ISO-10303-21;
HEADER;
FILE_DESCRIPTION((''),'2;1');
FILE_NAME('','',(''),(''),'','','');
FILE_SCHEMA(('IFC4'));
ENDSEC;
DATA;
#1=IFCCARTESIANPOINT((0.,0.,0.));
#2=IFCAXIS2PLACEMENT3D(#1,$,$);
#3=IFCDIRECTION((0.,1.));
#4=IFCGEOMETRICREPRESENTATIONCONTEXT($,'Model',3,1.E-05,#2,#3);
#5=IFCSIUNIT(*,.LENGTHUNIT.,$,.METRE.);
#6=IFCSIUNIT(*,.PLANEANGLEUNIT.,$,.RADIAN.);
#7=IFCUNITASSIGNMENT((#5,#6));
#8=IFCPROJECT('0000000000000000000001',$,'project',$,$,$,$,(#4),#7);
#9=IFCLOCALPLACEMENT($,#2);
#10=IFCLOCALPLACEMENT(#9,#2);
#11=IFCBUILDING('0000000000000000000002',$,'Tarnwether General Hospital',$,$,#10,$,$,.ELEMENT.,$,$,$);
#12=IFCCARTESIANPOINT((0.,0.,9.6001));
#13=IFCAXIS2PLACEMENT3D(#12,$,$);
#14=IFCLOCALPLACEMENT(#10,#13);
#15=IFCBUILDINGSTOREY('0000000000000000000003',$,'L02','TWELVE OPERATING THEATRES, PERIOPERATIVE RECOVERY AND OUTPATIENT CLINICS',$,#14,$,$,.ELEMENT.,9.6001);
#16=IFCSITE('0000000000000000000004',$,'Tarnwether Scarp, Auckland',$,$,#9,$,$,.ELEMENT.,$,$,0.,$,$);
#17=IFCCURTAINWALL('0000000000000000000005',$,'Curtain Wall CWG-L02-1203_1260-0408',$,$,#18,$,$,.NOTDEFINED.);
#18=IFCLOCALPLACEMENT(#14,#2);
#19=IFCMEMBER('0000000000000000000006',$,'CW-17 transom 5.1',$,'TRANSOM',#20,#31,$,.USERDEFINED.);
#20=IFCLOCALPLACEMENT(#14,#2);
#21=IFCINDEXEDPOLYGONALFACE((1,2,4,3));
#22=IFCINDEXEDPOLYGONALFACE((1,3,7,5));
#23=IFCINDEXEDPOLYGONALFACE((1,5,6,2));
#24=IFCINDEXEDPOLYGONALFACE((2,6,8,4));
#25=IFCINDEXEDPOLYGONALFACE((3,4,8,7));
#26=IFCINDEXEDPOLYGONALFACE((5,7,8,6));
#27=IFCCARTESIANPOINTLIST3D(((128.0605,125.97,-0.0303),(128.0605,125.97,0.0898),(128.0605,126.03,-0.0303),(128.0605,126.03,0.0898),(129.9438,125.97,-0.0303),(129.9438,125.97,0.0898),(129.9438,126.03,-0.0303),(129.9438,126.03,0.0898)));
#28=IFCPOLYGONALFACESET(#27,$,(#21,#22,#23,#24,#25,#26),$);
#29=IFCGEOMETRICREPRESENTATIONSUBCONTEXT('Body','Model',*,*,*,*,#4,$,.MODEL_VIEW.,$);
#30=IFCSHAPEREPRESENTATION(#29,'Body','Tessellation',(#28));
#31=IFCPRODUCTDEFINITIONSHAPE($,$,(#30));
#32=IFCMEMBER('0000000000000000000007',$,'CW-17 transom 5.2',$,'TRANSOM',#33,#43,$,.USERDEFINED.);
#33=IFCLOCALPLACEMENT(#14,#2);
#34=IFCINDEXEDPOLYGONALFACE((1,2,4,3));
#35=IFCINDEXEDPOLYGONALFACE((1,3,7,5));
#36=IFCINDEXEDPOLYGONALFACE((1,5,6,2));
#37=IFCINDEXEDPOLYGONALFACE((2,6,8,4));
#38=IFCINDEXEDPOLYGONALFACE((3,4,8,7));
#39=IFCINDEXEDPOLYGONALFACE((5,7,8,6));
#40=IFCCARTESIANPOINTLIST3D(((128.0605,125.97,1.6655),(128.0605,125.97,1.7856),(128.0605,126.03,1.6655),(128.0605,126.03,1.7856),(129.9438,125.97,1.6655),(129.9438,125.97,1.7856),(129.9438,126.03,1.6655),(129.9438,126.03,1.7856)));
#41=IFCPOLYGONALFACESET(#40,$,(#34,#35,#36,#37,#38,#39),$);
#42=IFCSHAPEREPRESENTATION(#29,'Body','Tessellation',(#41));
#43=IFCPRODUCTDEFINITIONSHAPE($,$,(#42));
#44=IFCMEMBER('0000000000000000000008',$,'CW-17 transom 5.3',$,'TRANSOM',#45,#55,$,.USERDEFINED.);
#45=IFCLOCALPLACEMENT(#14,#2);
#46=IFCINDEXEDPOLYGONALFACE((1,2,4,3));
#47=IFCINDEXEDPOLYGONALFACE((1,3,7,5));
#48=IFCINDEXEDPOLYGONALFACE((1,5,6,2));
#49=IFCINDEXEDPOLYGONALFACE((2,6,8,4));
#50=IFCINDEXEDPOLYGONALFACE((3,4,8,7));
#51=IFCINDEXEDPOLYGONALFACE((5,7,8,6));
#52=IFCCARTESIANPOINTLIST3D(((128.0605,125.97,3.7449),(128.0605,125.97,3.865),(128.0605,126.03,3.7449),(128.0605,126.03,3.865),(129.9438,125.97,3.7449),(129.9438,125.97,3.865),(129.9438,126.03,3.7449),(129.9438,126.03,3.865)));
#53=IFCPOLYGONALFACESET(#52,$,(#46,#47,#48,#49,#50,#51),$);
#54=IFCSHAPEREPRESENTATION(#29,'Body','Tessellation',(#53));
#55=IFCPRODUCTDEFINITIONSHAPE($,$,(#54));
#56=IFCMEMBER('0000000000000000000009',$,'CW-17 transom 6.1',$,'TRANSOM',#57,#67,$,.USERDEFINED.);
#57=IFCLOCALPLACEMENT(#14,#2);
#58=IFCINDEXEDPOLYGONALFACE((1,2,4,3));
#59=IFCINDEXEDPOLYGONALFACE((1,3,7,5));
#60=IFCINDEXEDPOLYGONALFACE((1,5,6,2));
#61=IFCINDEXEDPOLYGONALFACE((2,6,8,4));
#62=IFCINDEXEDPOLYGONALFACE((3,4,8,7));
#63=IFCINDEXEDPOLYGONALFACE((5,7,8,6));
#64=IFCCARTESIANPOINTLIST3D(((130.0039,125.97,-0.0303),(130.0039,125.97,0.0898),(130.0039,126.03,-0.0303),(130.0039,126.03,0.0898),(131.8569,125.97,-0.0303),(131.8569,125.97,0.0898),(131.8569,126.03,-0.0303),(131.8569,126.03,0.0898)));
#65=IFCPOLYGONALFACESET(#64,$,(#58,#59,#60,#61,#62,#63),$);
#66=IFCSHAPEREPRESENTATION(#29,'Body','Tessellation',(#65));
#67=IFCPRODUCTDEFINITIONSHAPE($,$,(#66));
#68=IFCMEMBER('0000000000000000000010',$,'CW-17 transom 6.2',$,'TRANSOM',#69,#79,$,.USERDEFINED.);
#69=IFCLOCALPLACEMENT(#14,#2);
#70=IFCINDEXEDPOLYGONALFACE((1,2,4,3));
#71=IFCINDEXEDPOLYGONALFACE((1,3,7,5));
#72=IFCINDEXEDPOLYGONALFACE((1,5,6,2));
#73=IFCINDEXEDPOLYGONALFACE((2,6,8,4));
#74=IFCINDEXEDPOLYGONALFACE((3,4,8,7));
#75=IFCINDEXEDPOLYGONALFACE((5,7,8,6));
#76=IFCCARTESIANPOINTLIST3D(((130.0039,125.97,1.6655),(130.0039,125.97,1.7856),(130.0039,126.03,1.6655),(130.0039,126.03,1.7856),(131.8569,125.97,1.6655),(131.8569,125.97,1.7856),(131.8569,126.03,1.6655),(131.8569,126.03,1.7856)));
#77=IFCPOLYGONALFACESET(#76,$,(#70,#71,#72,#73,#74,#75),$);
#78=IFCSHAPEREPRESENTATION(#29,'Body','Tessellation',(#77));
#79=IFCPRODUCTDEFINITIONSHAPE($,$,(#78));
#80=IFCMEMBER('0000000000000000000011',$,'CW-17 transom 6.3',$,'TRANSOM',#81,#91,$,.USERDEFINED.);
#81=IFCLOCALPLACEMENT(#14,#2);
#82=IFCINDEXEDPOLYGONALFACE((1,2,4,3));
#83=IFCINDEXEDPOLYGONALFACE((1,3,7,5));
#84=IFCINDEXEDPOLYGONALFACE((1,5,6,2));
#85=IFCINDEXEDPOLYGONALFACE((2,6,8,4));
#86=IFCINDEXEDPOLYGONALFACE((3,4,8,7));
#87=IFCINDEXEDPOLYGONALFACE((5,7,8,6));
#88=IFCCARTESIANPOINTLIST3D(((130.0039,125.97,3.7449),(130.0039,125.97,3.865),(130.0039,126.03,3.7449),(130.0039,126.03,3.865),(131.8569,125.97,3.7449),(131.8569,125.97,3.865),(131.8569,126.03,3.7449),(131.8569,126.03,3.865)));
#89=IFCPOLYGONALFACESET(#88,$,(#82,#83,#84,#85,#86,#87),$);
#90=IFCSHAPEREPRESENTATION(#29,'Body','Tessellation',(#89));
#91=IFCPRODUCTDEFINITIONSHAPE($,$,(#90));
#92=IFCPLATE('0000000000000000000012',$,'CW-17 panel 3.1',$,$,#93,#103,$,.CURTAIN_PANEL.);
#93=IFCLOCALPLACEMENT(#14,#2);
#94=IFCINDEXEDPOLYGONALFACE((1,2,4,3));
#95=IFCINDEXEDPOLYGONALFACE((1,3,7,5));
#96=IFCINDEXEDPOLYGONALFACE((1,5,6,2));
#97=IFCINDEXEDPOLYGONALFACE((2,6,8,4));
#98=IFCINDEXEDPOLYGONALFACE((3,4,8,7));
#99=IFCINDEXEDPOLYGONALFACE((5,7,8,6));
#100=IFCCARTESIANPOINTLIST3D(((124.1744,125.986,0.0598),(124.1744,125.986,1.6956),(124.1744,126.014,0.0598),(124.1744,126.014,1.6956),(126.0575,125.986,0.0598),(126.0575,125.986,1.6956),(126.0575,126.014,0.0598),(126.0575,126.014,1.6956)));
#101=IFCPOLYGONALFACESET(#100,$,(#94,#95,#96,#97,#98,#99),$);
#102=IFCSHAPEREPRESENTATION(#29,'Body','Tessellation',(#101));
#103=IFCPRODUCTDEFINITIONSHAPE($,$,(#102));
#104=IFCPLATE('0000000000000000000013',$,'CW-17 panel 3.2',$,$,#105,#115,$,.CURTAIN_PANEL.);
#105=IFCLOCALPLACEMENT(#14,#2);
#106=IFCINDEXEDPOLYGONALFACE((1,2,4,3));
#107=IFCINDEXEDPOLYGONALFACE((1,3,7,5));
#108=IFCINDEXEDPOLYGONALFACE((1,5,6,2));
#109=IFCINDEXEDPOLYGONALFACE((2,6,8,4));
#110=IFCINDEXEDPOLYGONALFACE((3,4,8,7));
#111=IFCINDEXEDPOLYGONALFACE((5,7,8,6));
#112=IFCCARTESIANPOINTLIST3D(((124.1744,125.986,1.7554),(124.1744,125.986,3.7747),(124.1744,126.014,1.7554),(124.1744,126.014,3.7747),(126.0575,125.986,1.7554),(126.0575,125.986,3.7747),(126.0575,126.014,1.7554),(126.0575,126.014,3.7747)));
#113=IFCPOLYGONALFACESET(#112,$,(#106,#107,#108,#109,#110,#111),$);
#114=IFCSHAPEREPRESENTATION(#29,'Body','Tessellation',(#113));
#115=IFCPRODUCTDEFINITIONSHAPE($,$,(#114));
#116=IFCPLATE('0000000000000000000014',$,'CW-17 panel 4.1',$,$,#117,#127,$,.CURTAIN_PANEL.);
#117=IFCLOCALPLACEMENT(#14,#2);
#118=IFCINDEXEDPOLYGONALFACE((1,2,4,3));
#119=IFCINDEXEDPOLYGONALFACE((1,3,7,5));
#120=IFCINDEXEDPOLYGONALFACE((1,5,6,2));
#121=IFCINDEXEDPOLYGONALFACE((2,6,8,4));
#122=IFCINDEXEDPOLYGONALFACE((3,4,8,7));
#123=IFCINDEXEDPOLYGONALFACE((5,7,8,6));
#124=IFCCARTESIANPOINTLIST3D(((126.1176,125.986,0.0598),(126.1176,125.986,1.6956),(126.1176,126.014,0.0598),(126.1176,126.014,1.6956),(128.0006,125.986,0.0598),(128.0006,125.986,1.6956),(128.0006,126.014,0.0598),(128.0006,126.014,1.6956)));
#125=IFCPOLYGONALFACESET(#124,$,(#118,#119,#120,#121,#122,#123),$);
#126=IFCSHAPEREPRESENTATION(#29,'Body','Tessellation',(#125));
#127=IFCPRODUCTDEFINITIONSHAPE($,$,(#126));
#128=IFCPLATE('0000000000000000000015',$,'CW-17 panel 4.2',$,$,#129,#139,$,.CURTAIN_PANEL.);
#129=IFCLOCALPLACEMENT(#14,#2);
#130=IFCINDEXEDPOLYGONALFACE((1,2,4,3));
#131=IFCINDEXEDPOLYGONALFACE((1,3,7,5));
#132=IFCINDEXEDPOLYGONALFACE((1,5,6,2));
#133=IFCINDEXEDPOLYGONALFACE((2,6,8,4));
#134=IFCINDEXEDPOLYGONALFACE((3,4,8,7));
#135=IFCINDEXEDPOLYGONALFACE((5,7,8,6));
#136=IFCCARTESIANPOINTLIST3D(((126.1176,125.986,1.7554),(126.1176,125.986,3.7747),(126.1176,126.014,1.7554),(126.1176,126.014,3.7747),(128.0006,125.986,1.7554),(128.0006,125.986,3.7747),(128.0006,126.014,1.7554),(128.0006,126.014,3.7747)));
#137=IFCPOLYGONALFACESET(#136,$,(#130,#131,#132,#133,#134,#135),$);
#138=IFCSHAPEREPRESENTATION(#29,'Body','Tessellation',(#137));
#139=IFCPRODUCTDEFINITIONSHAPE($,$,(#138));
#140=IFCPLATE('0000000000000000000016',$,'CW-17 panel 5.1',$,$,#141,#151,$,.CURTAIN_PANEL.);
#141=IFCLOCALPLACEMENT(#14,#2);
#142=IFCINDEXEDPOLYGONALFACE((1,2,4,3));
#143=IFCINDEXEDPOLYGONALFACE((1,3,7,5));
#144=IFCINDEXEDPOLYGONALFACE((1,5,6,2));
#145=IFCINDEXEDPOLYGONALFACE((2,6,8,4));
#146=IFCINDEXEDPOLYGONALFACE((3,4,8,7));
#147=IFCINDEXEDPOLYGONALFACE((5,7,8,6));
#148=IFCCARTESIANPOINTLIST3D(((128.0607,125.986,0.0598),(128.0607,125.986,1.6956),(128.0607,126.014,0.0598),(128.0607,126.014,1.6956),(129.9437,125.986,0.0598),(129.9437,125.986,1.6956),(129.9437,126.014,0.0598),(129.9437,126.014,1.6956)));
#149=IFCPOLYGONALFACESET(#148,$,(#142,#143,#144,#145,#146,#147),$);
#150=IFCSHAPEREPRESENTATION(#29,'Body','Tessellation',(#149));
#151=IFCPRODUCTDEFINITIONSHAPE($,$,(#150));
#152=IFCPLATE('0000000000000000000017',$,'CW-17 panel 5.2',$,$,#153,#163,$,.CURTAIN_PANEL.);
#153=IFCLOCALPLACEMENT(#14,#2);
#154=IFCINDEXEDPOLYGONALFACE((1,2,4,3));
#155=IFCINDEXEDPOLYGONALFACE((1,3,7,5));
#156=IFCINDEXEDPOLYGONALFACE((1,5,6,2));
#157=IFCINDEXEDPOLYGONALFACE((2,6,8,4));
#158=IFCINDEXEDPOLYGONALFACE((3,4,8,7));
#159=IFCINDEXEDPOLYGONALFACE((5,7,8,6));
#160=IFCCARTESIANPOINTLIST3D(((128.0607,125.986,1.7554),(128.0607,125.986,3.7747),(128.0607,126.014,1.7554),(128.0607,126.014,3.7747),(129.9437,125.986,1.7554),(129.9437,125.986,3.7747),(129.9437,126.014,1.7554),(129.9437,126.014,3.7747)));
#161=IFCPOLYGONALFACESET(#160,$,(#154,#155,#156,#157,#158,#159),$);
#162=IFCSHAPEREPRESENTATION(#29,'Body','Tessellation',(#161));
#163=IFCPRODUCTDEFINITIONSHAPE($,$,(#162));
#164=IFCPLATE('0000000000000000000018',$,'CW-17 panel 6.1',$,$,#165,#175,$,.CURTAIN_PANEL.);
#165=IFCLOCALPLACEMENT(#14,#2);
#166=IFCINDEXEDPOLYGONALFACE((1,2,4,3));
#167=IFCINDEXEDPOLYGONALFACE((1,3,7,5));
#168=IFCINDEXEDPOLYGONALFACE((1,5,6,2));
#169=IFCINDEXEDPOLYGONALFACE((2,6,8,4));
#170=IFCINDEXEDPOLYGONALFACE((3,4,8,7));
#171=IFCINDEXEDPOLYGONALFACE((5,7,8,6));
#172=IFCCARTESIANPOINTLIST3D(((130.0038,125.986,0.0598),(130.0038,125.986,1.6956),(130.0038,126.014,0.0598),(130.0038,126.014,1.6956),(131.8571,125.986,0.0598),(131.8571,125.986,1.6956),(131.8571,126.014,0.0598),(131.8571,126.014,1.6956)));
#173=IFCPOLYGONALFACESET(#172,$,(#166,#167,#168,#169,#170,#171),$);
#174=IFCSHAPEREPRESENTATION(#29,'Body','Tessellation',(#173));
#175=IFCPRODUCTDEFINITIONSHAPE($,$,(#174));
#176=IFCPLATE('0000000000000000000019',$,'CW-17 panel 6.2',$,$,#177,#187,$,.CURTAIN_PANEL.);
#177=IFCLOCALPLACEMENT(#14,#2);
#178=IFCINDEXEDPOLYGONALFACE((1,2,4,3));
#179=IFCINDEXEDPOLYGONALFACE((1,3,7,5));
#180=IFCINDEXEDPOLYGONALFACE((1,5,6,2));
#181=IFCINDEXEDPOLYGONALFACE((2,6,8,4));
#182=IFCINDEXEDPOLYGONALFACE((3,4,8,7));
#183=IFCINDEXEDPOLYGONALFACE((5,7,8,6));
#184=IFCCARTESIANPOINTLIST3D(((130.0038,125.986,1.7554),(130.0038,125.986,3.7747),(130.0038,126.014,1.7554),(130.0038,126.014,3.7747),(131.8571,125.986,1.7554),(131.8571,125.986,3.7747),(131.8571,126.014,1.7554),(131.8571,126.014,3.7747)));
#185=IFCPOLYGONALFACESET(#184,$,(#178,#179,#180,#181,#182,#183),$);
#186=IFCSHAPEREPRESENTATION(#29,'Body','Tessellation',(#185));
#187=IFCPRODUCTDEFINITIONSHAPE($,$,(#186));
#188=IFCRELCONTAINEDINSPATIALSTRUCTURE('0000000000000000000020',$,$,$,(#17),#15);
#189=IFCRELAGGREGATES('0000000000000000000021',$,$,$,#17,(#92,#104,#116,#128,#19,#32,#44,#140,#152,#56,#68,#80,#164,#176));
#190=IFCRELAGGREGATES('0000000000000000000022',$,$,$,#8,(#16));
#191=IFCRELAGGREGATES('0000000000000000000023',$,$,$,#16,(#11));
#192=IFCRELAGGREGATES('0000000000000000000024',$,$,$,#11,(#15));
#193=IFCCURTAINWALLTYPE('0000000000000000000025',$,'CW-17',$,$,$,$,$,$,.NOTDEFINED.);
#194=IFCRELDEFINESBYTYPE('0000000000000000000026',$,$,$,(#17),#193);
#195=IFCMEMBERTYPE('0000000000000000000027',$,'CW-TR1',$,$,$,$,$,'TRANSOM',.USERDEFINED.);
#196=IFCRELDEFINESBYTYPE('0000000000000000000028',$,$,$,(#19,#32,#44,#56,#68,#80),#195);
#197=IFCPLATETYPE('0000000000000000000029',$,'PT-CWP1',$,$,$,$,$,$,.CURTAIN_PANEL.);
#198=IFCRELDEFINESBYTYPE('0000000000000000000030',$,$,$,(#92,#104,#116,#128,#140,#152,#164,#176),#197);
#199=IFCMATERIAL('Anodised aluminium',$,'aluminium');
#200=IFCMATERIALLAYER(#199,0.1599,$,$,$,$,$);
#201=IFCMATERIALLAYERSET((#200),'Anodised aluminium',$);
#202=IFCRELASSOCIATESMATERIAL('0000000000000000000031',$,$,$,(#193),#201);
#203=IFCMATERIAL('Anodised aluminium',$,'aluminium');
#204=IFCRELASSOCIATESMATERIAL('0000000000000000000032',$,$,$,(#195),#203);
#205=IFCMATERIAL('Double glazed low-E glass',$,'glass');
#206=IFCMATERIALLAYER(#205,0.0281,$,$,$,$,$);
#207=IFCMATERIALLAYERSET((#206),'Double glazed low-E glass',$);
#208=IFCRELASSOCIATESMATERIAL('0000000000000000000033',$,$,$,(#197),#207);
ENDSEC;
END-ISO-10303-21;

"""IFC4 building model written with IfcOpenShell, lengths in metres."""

from ifc_helpers import new_model, si_unit, direction, frame, origin, origin_2d, place, context, subcontext, project, spatial, rectangle, extrude, material, layer, layer_set, material_profile, profile_set, type_object, element, aggregate, save


model = new_model("IFC4")

# Units and contexts
model_context = context("Model", 3, precision=1e-05, world=origin(), true_north=direction((0.0, 1.0)))
body_context = subcontext(model_context, "Body", "Model", "MODEL_VIEW")
ifc_project = project(units=[si_unit("LENGTHUNIT", "METRE"), si_unit("PLANEANGLEUNIT", "RADIAN")], contexts=[model_context])

# Site, building, storey
site_placement = place(None, origin())
site = spatial("IfcSite", under=ifc_project, at=site_placement, Name="Tarnwether Scarp, Auckland", CompositionType="ELEMENT", RefElevation=0.0)
building_placement = place(site_placement, origin())
building = spatial("IfcBuilding", under=site, at=building_placement, Name="Tarnwether General Hospital", CompositionType="ELEMENT")
storey_placement = place(building_placement, frame((0.0, 0.0, 9.6001)))
storey = spatial("IfcBuildingStorey", under=building, at=storey_placement, Name="L02", Description="TWELVE OPERATING THEATRES, PERIOPERATIVE RECOVERY AND OUTPATIENT CLINICS", CompositionType="ELEMENT", Elevation=9.6001)

# Curtain wall, members, plates
ifc_material_1 = material(Name="Anodised aluminium", Category="aluminium")
ifc_layer_1 = layer(ifc_material_1, 0.1599)
ifc_layer_set_1 = layer_set([ifc_layer_1], Name="Anodised aluminium")
curtain_wall_type = type_object("IfcCurtainWallType", Name="CW-17", PredefinedType="NOTDEFINED", material=ifc_layer_set_1)
curtain_wall_placement = place(storey_placement, origin())
curtain_wall = element("IfcCurtainWall", 1, at=curtain_wall_placement, inside=storey, type_object=curtain_wall_type, Name="Curtain Wall CWG-L02-1203_1260-0408", PredefinedType="NOTDEFINED")
ifc_material_2 = material(Name="Anodised aluminium", Category="aluminium")
ifc_material_profile_1 = material_profile(ifc_material_2, rectangle(XDim=0.0601, YDim=0.1201, at=origin_2d()), Name="ALU-TRN-60x120")
ifc_profile_set_1 = profile_set([ifc_material_profile_1], Name="Anodised aluminium")
member_type_1 = type_object("IfcMemberType", Name="CW-TR1", ElementType="TRANSOM", PredefinedType="USERDEFINED", material=ifc_profile_set_1)
member_1_placement = place(storey_placement, frame((128.0605, 126.0, 0.0298), z_axis=(1.0, 0.0, 0.0), x_axis=(0.0, 1.0, 0.0)))
member_1 = element("IfcMember", 2, at=member_1_placement, type_object=member_type_1, Name="CW-17 transom 5.1", ObjectType="TRANSOM", PredefinedType="USERDEFINED", context=body_context, shape_type="SweptSolid", body=[
    extrude(rectangle(XDim=0.0601, YDim=0.1201, at=origin_2d()), origin(), (0.0, 0.0, 1.0), 1.8833),
])
member_2_placement = place(storey_placement, frame((128.0605, 126.0, 1.7256), z_axis=(1.0, 0.0, 0.0), x_axis=(0.0, 1.0, 0.0)))
member_2 = element("IfcMember", 3, at=member_2_placement, type_object=member_type_1, Name="CW-17 transom 5.2", ObjectType="TRANSOM", PredefinedType="USERDEFINED", context=body_context, shape_type="SweptSolid", body=[
    extrude(rectangle(XDim=0.0601, YDim=0.1201, at=origin_2d()), origin(), (0.0, 0.0, 1.0), 1.8833),
])
member_3_placement = place(storey_placement, frame((128.0605, 126.0, 3.8049), z_axis=(1.0, 0.0, 0.0), x_axis=(0.0, 1.0, 0.0)))
member_3 = element("IfcMember", 4, at=member_3_placement, type_object=member_type_1, Name="CW-17 transom 5.3", ObjectType="TRANSOM", PredefinedType="USERDEFINED", context=body_context, shape_type="SweptSolid", body=[
    extrude(rectangle(XDim=0.0601, YDim=0.1201, at=origin_2d()), origin(), (0.0, 0.0, 1.0), 1.8833),
])
member_4_placement = place(storey_placement, frame((130.0039, 126.0, 0.0298), z_axis=(1.0, 0.0, 0.0), x_axis=(0.0, 1.0, 0.0)))
member_4 = element("IfcMember", 5, at=member_4_placement, type_object=member_type_1, Name="CW-17 transom 6.1", ObjectType="TRANSOM", PredefinedType="USERDEFINED", context=body_context, shape_type="SweptSolid", body=[
    extrude(rectangle(XDim=0.0601, YDim=0.1201, at=origin_2d()), origin(), (0.0, 0.0, 1.0), 1.853),
])
member_5_placement = place(storey_placement, frame((130.0039, 126.0, 1.7256), z_axis=(1.0, 0.0, 0.0), x_axis=(0.0, 1.0, 0.0)))
member_5 = element("IfcMember", 6, at=member_5_placement, type_object=member_type_1, Name="CW-17 transom 6.2", ObjectType="TRANSOM", PredefinedType="USERDEFINED", context=body_context, shape_type="SweptSolid", body=[
    extrude(rectangle(XDim=0.0601, YDim=0.1201, at=origin_2d()), origin(), (0.0, 0.0, 1.0), 1.853),
])
member_6_placement = place(storey_placement, frame((130.0039, 126.0, 3.8049), z_axis=(1.0, 0.0, 0.0), x_axis=(0.0, 1.0, 0.0)))
member_6 = element("IfcMember", 7, at=member_6_placement, type_object=member_type_1, Name="CW-17 transom 6.3", ObjectType="TRANSOM", PredefinedType="USERDEFINED", context=body_context, shape_type="SweptSolid", body=[
    extrude(rectangle(XDim=0.0601, YDim=0.1201, at=origin_2d()), origin(), (0.0, 0.0, 1.0), 1.853),
])
ifc_material_3 = material(Name="Double glazed low-E glass", Category="glass")
ifc_layer_2 = layer(ifc_material_3, 0.0281)
ifc_layer_set_2 = layer_set([ifc_layer_2], Name="Double glazed low-E glass")
plate_type_1 = type_object("IfcPlateType", Name="PT-CWP1", PredefinedType="CURTAIN_PANEL", material=ifc_layer_set_2)
plate_1_placement = place(storey_placement, frame((125.116, 126.0, 0.0598), z_axis=(0.0, 0.0, 1.0), x_axis=(1.0, 0.0, 0.0)))
plate_1 = element("IfcPlate", 8, at=plate_1_placement, type_object=plate_type_1, Name="CW-17 panel 3.1", PredefinedType="CURTAIN_PANEL", context=body_context, shape_type="SweptSolid", body=[
    extrude(rectangle(XDim=1.8831, YDim=0.0281, at=origin_2d()), origin(), (0.0, 0.0, 1.0), 1.6357),
])
plate_2_placement = place(storey_placement, frame((125.116, 126.0, 1.7554), z_axis=(0.0, 0.0, 1.0), x_axis=(1.0, 0.0, 0.0)))
plate_2 = element("IfcPlate", 9, at=plate_2_placement, type_object=plate_type_1, Name="CW-17 panel 3.2", PredefinedType="CURTAIN_PANEL", context=body_context, shape_type="SweptSolid", body=[
    extrude(rectangle(XDim=1.8831, YDim=0.0281, at=origin_2d()), origin(), (0.0, 0.0, 1.0), 2.0193),
])
plate_3_placement = place(storey_placement, frame((127.0591, 126.0, 0.0598), z_axis=(0.0, 0.0, 1.0), x_axis=(1.0, 0.0, 0.0)))
plate_3 = element("IfcPlate", 10, at=plate_3_placement, type_object=plate_type_1, Name="CW-17 panel 4.1", PredefinedType="CURTAIN_PANEL", context=body_context, shape_type="SweptSolid", body=[
    extrude(rectangle(XDim=1.8831, YDim=0.0281, at=origin_2d()), origin(), (0.0, 0.0, 1.0), 1.6357),
])
plate_4_placement = place(storey_placement, frame((127.0591, 126.0, 1.7554), z_axis=(0.0, 0.0, 1.0), x_axis=(1.0, 0.0, 0.0)))
plate_4 = element("IfcPlate", 11, at=plate_4_placement, type_object=plate_type_1, Name="CW-17 panel 4.2", PredefinedType="CURTAIN_PANEL", context=body_context, shape_type="SweptSolid", body=[
    extrude(rectangle(XDim=1.8831, YDim=0.0281, at=origin_2d()), origin(), (0.0, 0.0, 1.0), 2.0193),
])
plate_5_placement = place(storey_placement, frame((129.0022, 126.0, 0.0598), z_axis=(0.0, 0.0, 1.0), x_axis=(1.0, 0.0, 0.0)))
plate_5 = element("IfcPlate", 12, at=plate_5_placement, type_object=plate_type_1, Name="CW-17 panel 5.1", PredefinedType="CURTAIN_PANEL", context=body_context, shape_type="SweptSolid", body=[
    extrude(rectangle(XDim=1.8831, YDim=0.0281, at=origin_2d()), origin(), (0.0, 0.0, 1.0), 1.6357),
])
plate_6_placement = place(storey_placement, frame((129.0022, 126.0, 1.7554), z_axis=(0.0, 0.0, 1.0), x_axis=(1.0, 0.0, 0.0)))
plate_6 = element("IfcPlate", 13, at=plate_6_placement, type_object=plate_type_1, Name="CW-17 panel 5.2", PredefinedType="CURTAIN_PANEL", context=body_context, shape_type="SweptSolid", body=[
    extrude(rectangle(XDim=1.8831, YDim=0.0281, at=origin_2d()), origin(), (0.0, 0.0, 1.0), 2.0193),
])
plate_7_placement = place(storey_placement, frame((130.9304, 126.0, 0.0598), z_axis=(0.0, 0.0, 1.0), x_axis=(1.0, 0.0, 0.0)))
plate_7 = element("IfcPlate", 14, at=plate_7_placement, type_object=plate_type_1, Name="CW-17 panel 6.1", PredefinedType="CURTAIN_PANEL", context=body_context, shape_type="SweptSolid", body=[
    extrude(rectangle(XDim=1.8533, YDim=0.0281, at=origin_2d()), origin(), (0.0, 0.0, 1.0), 1.6357),
])
plate_8_placement = place(storey_placement, frame((130.9304, 126.0, 1.7554), z_axis=(0.0, 0.0, 1.0), x_axis=(1.0, 0.0, 0.0)))
plate_8 = element("IfcPlate", 15, at=plate_8_placement, type_object=plate_type_1, Name="CW-17 panel 6.2", PredefinedType="CURTAIN_PANEL", context=body_context, shape_type="SweptSolid", body=[
    extrude(rectangle(XDim=1.8533, YDim=0.0281, at=origin_2d()), origin(), (0.0, 0.0, 1.0), 2.0193),
])
aggregate(curtain_wall, [plate_1, plate_2, plate_3, plate_4, member_1, member_2, member_3, plate_5, plate_6, member_4, member_5, member_6, plate_7, plate_8])

save(model, "model.ifc")
